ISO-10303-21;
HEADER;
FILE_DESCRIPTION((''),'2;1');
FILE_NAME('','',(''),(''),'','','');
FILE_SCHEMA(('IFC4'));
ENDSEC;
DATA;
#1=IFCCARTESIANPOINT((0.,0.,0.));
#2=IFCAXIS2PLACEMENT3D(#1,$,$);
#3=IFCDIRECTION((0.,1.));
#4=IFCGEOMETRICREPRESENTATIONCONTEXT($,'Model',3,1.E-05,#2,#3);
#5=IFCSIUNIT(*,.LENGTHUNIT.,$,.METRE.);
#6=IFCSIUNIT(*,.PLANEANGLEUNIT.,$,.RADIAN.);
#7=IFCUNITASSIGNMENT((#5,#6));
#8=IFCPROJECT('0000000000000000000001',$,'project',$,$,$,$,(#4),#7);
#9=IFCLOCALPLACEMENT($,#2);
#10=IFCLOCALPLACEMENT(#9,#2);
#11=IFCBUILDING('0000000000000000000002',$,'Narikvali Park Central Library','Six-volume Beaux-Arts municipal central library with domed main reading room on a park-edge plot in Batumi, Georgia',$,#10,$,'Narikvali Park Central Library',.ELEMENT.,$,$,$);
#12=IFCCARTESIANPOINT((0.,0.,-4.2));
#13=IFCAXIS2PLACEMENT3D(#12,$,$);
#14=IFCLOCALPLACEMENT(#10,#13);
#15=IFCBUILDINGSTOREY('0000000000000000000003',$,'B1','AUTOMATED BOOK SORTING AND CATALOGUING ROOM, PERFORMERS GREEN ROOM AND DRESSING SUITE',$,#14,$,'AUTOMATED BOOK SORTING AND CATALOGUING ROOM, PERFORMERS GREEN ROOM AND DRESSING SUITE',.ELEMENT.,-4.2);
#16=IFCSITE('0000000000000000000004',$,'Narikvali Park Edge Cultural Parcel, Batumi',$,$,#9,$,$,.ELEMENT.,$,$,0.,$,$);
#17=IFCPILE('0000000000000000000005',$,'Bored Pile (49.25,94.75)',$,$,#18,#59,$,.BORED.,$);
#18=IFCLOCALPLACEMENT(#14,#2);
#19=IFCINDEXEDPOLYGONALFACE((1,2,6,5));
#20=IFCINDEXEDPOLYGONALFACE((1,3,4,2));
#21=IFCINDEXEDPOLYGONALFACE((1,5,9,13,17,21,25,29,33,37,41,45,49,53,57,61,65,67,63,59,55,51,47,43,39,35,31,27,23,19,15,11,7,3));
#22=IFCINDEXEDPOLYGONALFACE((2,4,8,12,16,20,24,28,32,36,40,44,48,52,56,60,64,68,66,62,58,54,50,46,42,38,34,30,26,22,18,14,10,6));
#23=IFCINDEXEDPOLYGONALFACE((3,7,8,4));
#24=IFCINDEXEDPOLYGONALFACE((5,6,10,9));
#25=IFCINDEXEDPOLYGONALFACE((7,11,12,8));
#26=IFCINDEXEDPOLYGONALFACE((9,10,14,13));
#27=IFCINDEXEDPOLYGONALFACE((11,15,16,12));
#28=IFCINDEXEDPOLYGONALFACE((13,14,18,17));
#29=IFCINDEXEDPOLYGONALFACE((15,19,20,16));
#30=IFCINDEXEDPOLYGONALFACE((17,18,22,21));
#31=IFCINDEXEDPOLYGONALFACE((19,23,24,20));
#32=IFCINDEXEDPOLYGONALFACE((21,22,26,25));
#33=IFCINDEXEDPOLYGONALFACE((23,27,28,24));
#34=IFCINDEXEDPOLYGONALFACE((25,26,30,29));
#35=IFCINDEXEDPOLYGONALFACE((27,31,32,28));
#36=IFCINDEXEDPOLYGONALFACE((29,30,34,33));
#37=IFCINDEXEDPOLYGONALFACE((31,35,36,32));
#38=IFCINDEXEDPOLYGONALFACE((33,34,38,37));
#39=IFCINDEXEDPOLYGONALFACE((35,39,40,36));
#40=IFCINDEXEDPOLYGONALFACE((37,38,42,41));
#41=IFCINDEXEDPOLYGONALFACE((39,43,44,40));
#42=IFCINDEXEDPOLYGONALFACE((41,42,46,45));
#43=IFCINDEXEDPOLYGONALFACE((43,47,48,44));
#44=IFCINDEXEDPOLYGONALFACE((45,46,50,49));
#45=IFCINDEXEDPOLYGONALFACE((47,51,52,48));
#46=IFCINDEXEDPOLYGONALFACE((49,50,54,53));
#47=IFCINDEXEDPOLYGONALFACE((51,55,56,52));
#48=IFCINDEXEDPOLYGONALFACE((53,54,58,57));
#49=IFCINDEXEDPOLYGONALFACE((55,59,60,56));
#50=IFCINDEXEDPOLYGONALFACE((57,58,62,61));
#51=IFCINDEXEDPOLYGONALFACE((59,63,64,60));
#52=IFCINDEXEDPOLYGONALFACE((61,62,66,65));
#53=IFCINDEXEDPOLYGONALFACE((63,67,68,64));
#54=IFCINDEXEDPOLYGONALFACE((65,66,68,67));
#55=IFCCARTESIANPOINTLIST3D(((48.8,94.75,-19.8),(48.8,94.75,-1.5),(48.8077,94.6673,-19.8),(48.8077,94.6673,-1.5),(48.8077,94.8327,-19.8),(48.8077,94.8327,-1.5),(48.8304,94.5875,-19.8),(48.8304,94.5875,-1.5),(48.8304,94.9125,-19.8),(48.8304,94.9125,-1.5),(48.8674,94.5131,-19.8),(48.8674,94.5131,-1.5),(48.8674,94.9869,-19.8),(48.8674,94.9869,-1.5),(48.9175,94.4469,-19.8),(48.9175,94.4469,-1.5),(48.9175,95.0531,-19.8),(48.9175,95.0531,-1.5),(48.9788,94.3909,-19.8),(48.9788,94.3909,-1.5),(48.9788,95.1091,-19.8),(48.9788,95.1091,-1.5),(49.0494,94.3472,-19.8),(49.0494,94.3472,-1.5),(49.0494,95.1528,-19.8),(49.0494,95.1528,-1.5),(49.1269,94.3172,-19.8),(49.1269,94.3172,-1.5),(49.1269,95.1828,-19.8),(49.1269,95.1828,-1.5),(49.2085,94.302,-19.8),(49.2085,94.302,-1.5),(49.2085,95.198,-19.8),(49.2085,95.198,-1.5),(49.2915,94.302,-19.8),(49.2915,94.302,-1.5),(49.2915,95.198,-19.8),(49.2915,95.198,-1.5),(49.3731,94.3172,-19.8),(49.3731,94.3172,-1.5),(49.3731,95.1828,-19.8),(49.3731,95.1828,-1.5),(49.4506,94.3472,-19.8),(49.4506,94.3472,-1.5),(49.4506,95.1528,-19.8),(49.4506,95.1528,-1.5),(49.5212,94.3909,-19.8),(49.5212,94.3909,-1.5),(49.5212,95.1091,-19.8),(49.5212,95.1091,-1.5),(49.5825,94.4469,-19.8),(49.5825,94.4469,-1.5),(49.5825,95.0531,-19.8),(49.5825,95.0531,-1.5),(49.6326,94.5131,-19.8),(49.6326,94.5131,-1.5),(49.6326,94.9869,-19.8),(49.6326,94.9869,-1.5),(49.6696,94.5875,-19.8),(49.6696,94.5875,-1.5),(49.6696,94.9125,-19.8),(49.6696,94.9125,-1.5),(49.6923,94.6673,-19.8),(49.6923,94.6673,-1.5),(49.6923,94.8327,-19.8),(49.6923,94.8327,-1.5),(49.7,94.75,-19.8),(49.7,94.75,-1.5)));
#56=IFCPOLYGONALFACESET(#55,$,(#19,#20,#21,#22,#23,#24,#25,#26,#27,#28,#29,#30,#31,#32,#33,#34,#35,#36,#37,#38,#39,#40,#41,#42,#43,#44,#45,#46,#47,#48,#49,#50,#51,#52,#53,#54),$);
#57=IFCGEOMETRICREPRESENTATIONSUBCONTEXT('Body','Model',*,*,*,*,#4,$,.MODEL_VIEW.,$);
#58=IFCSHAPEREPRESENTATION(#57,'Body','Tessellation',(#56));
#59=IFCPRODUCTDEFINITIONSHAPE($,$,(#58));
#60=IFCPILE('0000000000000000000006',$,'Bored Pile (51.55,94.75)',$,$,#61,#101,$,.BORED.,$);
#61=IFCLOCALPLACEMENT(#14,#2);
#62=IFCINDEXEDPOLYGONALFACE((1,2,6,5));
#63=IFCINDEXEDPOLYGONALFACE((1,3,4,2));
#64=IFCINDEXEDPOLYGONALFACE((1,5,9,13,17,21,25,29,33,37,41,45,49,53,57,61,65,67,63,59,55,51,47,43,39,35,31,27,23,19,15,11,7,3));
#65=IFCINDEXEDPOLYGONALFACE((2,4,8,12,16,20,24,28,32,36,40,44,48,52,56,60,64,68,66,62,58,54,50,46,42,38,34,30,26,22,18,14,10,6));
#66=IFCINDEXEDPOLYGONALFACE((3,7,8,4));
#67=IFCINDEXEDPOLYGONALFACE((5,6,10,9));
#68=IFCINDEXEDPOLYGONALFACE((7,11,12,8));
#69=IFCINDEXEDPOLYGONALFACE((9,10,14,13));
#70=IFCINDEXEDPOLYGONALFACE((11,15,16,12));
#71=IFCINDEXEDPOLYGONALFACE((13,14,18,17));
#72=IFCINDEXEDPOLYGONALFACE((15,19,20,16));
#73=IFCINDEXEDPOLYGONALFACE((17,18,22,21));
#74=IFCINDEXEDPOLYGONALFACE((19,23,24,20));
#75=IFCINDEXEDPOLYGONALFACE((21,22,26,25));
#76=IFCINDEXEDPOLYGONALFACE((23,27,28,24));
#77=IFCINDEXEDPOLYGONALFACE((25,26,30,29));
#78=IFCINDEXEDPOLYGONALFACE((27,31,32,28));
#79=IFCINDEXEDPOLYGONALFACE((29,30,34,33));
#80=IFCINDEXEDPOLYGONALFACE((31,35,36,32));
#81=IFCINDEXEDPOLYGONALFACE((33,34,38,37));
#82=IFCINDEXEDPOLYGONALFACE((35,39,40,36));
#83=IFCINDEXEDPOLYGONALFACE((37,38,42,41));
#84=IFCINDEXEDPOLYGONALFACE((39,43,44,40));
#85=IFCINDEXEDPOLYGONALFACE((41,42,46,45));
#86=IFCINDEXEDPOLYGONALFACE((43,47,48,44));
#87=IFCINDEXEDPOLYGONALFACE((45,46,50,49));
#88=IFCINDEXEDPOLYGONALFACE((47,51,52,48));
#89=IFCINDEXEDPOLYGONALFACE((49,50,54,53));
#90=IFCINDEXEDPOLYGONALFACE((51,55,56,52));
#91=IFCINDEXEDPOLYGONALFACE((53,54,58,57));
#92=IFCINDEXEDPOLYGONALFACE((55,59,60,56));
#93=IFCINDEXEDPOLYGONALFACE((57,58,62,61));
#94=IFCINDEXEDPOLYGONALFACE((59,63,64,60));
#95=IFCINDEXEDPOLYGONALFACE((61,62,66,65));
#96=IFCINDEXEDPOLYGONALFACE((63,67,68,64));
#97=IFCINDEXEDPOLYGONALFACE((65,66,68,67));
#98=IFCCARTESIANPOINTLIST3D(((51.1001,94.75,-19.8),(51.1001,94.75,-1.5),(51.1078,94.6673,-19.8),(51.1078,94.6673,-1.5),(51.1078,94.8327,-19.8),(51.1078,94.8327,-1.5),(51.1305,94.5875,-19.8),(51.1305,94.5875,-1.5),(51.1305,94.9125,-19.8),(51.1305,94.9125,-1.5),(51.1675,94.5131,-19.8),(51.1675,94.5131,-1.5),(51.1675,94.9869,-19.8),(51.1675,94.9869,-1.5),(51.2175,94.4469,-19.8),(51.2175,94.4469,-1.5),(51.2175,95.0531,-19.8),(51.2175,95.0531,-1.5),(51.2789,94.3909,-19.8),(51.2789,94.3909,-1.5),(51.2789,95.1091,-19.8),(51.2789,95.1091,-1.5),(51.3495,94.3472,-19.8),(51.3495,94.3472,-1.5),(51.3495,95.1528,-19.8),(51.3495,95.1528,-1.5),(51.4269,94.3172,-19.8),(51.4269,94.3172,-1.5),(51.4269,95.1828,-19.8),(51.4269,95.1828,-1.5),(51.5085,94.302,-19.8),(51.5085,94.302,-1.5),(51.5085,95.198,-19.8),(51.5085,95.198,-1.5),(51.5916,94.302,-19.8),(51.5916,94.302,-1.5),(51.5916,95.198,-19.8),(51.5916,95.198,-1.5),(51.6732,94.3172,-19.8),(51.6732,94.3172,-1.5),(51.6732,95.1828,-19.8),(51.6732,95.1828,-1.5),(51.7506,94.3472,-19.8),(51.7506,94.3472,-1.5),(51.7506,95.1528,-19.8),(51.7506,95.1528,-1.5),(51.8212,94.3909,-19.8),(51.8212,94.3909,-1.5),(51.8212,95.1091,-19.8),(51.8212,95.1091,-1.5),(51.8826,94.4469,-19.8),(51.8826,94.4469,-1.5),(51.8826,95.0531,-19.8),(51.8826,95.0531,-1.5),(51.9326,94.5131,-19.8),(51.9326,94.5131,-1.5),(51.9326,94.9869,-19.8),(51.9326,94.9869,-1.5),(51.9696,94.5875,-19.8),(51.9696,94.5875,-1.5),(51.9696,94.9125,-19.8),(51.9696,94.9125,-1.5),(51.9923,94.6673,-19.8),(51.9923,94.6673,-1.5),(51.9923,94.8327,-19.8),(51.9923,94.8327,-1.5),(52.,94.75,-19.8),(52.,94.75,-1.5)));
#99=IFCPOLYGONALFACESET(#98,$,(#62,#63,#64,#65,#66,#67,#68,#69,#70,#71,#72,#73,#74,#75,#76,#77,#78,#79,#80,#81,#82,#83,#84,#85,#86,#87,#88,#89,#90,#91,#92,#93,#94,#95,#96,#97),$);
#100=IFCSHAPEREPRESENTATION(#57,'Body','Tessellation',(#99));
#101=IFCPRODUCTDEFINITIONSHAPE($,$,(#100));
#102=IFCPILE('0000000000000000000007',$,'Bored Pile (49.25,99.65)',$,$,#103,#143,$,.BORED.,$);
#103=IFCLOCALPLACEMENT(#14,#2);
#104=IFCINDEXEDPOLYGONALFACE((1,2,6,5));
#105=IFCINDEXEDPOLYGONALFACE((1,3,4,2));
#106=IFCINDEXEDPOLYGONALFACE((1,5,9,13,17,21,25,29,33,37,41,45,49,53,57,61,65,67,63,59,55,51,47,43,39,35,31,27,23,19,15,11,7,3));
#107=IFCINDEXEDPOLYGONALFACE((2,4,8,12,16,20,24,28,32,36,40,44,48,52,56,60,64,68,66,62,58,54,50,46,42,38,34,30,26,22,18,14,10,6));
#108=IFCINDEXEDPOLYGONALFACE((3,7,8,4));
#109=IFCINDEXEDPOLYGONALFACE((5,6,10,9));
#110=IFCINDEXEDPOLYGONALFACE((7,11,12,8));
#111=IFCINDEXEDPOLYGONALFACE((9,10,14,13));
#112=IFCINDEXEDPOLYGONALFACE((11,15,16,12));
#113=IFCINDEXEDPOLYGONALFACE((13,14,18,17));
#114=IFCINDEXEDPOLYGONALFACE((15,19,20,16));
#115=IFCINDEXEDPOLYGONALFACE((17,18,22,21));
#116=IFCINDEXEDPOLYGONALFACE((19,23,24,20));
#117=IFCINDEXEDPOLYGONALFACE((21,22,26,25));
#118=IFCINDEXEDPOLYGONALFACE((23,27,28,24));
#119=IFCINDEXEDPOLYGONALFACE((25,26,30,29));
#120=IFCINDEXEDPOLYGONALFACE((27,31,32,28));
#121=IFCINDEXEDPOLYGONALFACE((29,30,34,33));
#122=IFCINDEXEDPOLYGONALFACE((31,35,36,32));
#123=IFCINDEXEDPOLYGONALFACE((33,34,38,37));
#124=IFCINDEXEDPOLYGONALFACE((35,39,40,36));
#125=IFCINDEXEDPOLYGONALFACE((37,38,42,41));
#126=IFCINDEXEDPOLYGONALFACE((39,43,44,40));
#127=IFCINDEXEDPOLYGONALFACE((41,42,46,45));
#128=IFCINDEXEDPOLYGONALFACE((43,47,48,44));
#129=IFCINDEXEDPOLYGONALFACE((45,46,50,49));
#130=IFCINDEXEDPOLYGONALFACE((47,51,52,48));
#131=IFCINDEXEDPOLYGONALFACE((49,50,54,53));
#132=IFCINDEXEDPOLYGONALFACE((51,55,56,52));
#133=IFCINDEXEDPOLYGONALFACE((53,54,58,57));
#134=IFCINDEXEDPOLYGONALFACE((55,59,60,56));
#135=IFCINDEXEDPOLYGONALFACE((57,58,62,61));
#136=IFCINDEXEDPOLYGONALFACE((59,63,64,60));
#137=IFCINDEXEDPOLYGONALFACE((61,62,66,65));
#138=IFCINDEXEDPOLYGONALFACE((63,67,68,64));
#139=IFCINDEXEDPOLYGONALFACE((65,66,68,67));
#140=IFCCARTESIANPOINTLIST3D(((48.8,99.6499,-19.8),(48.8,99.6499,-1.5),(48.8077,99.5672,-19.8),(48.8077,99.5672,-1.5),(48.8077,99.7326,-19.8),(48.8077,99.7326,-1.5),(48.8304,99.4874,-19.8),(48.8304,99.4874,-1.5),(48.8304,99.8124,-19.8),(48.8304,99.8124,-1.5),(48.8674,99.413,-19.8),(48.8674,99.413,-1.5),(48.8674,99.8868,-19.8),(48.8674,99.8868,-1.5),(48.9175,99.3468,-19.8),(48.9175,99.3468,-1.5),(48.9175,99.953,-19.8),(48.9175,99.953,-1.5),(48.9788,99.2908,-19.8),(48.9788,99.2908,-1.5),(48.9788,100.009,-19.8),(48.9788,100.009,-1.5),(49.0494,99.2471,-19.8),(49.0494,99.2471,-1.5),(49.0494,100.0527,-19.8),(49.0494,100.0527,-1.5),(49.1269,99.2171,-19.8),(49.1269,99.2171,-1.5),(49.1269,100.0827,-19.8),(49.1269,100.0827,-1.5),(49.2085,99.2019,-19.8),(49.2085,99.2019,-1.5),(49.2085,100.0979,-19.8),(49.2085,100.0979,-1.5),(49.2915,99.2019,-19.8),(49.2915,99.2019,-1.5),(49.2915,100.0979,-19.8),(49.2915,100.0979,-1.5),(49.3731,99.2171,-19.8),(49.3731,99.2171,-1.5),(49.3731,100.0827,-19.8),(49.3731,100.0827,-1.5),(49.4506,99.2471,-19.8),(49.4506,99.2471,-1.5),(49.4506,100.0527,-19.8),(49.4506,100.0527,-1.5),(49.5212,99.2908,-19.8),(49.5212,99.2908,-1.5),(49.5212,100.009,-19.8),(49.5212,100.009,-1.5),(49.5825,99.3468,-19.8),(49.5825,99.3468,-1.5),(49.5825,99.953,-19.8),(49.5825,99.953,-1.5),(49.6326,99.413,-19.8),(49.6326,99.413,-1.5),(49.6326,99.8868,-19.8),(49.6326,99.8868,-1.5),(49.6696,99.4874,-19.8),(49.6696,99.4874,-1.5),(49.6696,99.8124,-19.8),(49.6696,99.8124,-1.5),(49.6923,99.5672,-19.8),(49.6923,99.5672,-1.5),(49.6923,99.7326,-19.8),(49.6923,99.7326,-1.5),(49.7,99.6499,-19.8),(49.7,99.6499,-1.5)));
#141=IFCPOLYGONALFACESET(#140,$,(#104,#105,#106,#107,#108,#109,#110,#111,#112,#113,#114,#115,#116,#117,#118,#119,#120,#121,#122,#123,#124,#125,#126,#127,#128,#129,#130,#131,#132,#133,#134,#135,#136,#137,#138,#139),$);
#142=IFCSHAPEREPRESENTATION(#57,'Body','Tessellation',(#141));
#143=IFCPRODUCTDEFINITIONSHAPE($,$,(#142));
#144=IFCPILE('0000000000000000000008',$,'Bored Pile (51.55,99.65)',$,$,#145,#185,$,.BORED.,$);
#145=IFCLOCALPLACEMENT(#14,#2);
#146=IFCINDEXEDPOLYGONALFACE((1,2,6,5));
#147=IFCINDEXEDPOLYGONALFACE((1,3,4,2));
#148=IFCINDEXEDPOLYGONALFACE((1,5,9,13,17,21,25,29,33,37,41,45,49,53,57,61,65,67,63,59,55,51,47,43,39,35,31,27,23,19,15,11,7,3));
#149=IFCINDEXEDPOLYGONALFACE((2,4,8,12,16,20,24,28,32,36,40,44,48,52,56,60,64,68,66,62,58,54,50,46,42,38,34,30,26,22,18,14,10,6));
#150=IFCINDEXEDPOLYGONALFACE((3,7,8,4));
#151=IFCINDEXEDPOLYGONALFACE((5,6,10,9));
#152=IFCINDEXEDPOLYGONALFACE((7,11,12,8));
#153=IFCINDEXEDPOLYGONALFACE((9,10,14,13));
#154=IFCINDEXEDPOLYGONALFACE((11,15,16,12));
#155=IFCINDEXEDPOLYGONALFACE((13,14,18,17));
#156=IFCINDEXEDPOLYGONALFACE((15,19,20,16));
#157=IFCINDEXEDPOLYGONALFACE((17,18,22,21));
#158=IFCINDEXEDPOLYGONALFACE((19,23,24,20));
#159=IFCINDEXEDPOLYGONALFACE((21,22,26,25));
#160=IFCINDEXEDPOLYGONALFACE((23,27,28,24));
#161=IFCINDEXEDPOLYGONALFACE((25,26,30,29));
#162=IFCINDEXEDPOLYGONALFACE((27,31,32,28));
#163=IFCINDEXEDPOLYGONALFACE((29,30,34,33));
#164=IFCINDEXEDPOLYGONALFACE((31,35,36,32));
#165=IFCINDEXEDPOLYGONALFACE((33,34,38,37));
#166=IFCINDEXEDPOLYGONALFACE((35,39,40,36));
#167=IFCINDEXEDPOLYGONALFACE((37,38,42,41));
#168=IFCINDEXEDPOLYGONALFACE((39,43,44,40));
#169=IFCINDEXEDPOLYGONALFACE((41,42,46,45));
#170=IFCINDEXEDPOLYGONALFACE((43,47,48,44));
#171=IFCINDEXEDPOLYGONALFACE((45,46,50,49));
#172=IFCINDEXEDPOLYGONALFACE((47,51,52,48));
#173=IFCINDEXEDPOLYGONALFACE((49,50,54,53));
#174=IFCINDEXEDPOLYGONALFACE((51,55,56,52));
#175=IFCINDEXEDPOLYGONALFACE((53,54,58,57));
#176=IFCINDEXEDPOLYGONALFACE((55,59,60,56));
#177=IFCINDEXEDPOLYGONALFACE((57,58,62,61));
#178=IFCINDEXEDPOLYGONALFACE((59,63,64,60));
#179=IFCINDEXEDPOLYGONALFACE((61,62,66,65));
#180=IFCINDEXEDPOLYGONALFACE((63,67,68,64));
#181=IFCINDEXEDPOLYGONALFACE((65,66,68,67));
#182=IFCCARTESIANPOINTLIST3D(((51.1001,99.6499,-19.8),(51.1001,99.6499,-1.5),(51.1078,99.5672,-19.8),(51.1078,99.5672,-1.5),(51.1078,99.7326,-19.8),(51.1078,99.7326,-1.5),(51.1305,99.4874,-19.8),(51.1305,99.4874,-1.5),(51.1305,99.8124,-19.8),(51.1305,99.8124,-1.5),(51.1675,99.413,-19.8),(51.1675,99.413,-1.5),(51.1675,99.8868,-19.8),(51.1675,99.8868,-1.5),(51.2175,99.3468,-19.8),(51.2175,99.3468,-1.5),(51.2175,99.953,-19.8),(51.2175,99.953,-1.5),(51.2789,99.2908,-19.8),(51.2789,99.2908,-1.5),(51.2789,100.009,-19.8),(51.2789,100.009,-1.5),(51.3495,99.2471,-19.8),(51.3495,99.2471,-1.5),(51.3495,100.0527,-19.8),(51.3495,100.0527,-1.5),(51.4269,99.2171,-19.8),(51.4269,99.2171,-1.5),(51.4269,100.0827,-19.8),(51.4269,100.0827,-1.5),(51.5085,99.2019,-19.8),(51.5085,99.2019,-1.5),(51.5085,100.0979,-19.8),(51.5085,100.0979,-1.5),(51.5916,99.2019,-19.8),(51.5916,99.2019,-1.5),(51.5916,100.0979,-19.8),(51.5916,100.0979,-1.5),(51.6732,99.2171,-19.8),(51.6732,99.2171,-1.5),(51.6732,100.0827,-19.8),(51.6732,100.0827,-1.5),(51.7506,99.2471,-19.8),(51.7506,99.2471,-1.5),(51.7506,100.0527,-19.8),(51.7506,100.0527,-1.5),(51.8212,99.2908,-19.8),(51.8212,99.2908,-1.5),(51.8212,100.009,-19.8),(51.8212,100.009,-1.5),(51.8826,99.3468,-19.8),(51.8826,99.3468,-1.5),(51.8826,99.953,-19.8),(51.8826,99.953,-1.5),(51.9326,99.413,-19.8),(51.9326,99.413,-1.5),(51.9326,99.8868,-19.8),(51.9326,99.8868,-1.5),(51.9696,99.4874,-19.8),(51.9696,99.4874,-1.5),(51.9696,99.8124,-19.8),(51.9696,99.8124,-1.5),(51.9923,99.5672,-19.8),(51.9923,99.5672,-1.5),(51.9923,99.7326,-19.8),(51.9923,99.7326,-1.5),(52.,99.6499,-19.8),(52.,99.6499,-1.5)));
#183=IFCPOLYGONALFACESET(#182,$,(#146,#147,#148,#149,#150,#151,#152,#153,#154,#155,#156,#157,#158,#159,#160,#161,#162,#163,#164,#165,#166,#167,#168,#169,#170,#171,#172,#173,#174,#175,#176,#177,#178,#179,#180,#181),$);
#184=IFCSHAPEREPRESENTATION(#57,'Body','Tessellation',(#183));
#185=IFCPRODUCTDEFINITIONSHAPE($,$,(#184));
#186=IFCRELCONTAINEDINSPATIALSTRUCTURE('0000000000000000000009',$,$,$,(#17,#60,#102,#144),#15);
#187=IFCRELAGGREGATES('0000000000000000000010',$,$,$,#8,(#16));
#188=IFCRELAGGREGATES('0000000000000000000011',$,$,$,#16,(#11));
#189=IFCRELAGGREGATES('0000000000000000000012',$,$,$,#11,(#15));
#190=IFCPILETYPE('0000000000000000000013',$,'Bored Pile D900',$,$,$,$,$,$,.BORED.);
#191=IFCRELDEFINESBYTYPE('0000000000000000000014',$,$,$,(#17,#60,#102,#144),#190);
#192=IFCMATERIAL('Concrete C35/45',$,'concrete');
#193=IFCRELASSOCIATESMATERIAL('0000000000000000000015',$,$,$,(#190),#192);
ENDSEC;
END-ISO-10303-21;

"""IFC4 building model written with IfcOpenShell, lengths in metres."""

from ifc_helpers import new_model, si_unit, direction, frame, origin, origin_2d, place, context, subcontext, project, spatial, circle, extrude, material, material_profile, profile_set, type_object, element, save


model = new_model("IFC4")

# Units and contexts
model_context = context("Model", 3, precision=1e-05, world=origin(), true_north=direction((0.0, 1.0)))
body_context = subcontext(model_context, "Body", "Model", "MODEL_VIEW")
ifc_project = project(units=[si_unit("LENGTHUNIT", "METRE"), si_unit("PLANEANGLEUNIT", "RADIAN")], contexts=[model_context])

# Site, building, storey
site_placement = place(None, origin())
site = spatial("IfcSite", under=ifc_project, at=site_placement, Name="Narikvali Park Edge Cultural Parcel, Batumi", CompositionType="ELEMENT", RefElevation=0.0)
building_placement = place(site_placement, origin())
building = spatial("IfcBuilding", under=site, at=building_placement, Name="Narikvali Park Central Library", Description="Six-volume Beaux-Arts municipal central library with domed main reading room on a park-edge plot in Batumi, Georgia", LongName="Narikvali Park Central Library", CompositionType="ELEMENT")
storey_placement = place(building_placement, frame((0.0, 0.0, -4.2)))
storey = spatial("IfcBuildingStorey", under=building, at=storey_placement, Name="B1", Description="AUTOMATED BOOK SORTING AND CATALOGUING ROOM, PERFORMERS GREEN ROOM AND DRESSING SUITE", LongName="AUTOMATED BOOK SORTING AND CATALOGUING ROOM, PERFORMERS GREEN ROOM AND DRESSING SUITE", CompositionType="ELEMENT", Elevation=-4.2)

# Piles
ifc_material_1 = material(Name="Concrete C35/45", Category="concrete")
ifc_material_profile_1 = material_profile(ifc_material_1, circle(Radius=0.45, at=origin_2d()), Name="PILE D900")
ifc_profile_set_1 = profile_set([ifc_material_profile_1], Name="Concrete C35/45")
pile_type = type_object("IfcPileType", Name="Bored Pile D900", PredefinedType="BORED", material=ifc_profile_set_1)
for number, where, z_axis, x_axis, name in (
    (1, (49.25, 94.75, -1.5), (0.0, 0.0, -1.0), (1.0, 0.0, 0.0), "Bored Pile (49.25,94.75)"),
    (2, (51.55, 94.75, -1.5), (0.0, 0.0, -1.0), (1.0, 0.0, 0.0), "Bored Pile (51.55,94.75)"),
    (3, (49.25, 99.6499, -1.5), (0.0, 0.0, -1.0), (1.0, 0.0, 0.0), "Bored Pile (49.25,99.65)"),
    (4, (51.55, 99.6499, -1.5), (0.0, 0.0, -1.0), (1.0, 0.0, 0.0), "Bored Pile (51.55,99.65)"),
):
    element("IfcPile", number, at=place(storey_placement, frame(where, z_axis=z_axis, x_axis=x_axis)), inside=storey, type_object=pile_type, Name=name, PredefinedType="BORED", context=body_context, shape_type="SweptSolid", body=[
        extrude(circle(Radius=0.45, at=origin_2d()), origin(), (0.0, 0.0, 1.0), 18.3),
    ])

save(model, "model.ifc")
